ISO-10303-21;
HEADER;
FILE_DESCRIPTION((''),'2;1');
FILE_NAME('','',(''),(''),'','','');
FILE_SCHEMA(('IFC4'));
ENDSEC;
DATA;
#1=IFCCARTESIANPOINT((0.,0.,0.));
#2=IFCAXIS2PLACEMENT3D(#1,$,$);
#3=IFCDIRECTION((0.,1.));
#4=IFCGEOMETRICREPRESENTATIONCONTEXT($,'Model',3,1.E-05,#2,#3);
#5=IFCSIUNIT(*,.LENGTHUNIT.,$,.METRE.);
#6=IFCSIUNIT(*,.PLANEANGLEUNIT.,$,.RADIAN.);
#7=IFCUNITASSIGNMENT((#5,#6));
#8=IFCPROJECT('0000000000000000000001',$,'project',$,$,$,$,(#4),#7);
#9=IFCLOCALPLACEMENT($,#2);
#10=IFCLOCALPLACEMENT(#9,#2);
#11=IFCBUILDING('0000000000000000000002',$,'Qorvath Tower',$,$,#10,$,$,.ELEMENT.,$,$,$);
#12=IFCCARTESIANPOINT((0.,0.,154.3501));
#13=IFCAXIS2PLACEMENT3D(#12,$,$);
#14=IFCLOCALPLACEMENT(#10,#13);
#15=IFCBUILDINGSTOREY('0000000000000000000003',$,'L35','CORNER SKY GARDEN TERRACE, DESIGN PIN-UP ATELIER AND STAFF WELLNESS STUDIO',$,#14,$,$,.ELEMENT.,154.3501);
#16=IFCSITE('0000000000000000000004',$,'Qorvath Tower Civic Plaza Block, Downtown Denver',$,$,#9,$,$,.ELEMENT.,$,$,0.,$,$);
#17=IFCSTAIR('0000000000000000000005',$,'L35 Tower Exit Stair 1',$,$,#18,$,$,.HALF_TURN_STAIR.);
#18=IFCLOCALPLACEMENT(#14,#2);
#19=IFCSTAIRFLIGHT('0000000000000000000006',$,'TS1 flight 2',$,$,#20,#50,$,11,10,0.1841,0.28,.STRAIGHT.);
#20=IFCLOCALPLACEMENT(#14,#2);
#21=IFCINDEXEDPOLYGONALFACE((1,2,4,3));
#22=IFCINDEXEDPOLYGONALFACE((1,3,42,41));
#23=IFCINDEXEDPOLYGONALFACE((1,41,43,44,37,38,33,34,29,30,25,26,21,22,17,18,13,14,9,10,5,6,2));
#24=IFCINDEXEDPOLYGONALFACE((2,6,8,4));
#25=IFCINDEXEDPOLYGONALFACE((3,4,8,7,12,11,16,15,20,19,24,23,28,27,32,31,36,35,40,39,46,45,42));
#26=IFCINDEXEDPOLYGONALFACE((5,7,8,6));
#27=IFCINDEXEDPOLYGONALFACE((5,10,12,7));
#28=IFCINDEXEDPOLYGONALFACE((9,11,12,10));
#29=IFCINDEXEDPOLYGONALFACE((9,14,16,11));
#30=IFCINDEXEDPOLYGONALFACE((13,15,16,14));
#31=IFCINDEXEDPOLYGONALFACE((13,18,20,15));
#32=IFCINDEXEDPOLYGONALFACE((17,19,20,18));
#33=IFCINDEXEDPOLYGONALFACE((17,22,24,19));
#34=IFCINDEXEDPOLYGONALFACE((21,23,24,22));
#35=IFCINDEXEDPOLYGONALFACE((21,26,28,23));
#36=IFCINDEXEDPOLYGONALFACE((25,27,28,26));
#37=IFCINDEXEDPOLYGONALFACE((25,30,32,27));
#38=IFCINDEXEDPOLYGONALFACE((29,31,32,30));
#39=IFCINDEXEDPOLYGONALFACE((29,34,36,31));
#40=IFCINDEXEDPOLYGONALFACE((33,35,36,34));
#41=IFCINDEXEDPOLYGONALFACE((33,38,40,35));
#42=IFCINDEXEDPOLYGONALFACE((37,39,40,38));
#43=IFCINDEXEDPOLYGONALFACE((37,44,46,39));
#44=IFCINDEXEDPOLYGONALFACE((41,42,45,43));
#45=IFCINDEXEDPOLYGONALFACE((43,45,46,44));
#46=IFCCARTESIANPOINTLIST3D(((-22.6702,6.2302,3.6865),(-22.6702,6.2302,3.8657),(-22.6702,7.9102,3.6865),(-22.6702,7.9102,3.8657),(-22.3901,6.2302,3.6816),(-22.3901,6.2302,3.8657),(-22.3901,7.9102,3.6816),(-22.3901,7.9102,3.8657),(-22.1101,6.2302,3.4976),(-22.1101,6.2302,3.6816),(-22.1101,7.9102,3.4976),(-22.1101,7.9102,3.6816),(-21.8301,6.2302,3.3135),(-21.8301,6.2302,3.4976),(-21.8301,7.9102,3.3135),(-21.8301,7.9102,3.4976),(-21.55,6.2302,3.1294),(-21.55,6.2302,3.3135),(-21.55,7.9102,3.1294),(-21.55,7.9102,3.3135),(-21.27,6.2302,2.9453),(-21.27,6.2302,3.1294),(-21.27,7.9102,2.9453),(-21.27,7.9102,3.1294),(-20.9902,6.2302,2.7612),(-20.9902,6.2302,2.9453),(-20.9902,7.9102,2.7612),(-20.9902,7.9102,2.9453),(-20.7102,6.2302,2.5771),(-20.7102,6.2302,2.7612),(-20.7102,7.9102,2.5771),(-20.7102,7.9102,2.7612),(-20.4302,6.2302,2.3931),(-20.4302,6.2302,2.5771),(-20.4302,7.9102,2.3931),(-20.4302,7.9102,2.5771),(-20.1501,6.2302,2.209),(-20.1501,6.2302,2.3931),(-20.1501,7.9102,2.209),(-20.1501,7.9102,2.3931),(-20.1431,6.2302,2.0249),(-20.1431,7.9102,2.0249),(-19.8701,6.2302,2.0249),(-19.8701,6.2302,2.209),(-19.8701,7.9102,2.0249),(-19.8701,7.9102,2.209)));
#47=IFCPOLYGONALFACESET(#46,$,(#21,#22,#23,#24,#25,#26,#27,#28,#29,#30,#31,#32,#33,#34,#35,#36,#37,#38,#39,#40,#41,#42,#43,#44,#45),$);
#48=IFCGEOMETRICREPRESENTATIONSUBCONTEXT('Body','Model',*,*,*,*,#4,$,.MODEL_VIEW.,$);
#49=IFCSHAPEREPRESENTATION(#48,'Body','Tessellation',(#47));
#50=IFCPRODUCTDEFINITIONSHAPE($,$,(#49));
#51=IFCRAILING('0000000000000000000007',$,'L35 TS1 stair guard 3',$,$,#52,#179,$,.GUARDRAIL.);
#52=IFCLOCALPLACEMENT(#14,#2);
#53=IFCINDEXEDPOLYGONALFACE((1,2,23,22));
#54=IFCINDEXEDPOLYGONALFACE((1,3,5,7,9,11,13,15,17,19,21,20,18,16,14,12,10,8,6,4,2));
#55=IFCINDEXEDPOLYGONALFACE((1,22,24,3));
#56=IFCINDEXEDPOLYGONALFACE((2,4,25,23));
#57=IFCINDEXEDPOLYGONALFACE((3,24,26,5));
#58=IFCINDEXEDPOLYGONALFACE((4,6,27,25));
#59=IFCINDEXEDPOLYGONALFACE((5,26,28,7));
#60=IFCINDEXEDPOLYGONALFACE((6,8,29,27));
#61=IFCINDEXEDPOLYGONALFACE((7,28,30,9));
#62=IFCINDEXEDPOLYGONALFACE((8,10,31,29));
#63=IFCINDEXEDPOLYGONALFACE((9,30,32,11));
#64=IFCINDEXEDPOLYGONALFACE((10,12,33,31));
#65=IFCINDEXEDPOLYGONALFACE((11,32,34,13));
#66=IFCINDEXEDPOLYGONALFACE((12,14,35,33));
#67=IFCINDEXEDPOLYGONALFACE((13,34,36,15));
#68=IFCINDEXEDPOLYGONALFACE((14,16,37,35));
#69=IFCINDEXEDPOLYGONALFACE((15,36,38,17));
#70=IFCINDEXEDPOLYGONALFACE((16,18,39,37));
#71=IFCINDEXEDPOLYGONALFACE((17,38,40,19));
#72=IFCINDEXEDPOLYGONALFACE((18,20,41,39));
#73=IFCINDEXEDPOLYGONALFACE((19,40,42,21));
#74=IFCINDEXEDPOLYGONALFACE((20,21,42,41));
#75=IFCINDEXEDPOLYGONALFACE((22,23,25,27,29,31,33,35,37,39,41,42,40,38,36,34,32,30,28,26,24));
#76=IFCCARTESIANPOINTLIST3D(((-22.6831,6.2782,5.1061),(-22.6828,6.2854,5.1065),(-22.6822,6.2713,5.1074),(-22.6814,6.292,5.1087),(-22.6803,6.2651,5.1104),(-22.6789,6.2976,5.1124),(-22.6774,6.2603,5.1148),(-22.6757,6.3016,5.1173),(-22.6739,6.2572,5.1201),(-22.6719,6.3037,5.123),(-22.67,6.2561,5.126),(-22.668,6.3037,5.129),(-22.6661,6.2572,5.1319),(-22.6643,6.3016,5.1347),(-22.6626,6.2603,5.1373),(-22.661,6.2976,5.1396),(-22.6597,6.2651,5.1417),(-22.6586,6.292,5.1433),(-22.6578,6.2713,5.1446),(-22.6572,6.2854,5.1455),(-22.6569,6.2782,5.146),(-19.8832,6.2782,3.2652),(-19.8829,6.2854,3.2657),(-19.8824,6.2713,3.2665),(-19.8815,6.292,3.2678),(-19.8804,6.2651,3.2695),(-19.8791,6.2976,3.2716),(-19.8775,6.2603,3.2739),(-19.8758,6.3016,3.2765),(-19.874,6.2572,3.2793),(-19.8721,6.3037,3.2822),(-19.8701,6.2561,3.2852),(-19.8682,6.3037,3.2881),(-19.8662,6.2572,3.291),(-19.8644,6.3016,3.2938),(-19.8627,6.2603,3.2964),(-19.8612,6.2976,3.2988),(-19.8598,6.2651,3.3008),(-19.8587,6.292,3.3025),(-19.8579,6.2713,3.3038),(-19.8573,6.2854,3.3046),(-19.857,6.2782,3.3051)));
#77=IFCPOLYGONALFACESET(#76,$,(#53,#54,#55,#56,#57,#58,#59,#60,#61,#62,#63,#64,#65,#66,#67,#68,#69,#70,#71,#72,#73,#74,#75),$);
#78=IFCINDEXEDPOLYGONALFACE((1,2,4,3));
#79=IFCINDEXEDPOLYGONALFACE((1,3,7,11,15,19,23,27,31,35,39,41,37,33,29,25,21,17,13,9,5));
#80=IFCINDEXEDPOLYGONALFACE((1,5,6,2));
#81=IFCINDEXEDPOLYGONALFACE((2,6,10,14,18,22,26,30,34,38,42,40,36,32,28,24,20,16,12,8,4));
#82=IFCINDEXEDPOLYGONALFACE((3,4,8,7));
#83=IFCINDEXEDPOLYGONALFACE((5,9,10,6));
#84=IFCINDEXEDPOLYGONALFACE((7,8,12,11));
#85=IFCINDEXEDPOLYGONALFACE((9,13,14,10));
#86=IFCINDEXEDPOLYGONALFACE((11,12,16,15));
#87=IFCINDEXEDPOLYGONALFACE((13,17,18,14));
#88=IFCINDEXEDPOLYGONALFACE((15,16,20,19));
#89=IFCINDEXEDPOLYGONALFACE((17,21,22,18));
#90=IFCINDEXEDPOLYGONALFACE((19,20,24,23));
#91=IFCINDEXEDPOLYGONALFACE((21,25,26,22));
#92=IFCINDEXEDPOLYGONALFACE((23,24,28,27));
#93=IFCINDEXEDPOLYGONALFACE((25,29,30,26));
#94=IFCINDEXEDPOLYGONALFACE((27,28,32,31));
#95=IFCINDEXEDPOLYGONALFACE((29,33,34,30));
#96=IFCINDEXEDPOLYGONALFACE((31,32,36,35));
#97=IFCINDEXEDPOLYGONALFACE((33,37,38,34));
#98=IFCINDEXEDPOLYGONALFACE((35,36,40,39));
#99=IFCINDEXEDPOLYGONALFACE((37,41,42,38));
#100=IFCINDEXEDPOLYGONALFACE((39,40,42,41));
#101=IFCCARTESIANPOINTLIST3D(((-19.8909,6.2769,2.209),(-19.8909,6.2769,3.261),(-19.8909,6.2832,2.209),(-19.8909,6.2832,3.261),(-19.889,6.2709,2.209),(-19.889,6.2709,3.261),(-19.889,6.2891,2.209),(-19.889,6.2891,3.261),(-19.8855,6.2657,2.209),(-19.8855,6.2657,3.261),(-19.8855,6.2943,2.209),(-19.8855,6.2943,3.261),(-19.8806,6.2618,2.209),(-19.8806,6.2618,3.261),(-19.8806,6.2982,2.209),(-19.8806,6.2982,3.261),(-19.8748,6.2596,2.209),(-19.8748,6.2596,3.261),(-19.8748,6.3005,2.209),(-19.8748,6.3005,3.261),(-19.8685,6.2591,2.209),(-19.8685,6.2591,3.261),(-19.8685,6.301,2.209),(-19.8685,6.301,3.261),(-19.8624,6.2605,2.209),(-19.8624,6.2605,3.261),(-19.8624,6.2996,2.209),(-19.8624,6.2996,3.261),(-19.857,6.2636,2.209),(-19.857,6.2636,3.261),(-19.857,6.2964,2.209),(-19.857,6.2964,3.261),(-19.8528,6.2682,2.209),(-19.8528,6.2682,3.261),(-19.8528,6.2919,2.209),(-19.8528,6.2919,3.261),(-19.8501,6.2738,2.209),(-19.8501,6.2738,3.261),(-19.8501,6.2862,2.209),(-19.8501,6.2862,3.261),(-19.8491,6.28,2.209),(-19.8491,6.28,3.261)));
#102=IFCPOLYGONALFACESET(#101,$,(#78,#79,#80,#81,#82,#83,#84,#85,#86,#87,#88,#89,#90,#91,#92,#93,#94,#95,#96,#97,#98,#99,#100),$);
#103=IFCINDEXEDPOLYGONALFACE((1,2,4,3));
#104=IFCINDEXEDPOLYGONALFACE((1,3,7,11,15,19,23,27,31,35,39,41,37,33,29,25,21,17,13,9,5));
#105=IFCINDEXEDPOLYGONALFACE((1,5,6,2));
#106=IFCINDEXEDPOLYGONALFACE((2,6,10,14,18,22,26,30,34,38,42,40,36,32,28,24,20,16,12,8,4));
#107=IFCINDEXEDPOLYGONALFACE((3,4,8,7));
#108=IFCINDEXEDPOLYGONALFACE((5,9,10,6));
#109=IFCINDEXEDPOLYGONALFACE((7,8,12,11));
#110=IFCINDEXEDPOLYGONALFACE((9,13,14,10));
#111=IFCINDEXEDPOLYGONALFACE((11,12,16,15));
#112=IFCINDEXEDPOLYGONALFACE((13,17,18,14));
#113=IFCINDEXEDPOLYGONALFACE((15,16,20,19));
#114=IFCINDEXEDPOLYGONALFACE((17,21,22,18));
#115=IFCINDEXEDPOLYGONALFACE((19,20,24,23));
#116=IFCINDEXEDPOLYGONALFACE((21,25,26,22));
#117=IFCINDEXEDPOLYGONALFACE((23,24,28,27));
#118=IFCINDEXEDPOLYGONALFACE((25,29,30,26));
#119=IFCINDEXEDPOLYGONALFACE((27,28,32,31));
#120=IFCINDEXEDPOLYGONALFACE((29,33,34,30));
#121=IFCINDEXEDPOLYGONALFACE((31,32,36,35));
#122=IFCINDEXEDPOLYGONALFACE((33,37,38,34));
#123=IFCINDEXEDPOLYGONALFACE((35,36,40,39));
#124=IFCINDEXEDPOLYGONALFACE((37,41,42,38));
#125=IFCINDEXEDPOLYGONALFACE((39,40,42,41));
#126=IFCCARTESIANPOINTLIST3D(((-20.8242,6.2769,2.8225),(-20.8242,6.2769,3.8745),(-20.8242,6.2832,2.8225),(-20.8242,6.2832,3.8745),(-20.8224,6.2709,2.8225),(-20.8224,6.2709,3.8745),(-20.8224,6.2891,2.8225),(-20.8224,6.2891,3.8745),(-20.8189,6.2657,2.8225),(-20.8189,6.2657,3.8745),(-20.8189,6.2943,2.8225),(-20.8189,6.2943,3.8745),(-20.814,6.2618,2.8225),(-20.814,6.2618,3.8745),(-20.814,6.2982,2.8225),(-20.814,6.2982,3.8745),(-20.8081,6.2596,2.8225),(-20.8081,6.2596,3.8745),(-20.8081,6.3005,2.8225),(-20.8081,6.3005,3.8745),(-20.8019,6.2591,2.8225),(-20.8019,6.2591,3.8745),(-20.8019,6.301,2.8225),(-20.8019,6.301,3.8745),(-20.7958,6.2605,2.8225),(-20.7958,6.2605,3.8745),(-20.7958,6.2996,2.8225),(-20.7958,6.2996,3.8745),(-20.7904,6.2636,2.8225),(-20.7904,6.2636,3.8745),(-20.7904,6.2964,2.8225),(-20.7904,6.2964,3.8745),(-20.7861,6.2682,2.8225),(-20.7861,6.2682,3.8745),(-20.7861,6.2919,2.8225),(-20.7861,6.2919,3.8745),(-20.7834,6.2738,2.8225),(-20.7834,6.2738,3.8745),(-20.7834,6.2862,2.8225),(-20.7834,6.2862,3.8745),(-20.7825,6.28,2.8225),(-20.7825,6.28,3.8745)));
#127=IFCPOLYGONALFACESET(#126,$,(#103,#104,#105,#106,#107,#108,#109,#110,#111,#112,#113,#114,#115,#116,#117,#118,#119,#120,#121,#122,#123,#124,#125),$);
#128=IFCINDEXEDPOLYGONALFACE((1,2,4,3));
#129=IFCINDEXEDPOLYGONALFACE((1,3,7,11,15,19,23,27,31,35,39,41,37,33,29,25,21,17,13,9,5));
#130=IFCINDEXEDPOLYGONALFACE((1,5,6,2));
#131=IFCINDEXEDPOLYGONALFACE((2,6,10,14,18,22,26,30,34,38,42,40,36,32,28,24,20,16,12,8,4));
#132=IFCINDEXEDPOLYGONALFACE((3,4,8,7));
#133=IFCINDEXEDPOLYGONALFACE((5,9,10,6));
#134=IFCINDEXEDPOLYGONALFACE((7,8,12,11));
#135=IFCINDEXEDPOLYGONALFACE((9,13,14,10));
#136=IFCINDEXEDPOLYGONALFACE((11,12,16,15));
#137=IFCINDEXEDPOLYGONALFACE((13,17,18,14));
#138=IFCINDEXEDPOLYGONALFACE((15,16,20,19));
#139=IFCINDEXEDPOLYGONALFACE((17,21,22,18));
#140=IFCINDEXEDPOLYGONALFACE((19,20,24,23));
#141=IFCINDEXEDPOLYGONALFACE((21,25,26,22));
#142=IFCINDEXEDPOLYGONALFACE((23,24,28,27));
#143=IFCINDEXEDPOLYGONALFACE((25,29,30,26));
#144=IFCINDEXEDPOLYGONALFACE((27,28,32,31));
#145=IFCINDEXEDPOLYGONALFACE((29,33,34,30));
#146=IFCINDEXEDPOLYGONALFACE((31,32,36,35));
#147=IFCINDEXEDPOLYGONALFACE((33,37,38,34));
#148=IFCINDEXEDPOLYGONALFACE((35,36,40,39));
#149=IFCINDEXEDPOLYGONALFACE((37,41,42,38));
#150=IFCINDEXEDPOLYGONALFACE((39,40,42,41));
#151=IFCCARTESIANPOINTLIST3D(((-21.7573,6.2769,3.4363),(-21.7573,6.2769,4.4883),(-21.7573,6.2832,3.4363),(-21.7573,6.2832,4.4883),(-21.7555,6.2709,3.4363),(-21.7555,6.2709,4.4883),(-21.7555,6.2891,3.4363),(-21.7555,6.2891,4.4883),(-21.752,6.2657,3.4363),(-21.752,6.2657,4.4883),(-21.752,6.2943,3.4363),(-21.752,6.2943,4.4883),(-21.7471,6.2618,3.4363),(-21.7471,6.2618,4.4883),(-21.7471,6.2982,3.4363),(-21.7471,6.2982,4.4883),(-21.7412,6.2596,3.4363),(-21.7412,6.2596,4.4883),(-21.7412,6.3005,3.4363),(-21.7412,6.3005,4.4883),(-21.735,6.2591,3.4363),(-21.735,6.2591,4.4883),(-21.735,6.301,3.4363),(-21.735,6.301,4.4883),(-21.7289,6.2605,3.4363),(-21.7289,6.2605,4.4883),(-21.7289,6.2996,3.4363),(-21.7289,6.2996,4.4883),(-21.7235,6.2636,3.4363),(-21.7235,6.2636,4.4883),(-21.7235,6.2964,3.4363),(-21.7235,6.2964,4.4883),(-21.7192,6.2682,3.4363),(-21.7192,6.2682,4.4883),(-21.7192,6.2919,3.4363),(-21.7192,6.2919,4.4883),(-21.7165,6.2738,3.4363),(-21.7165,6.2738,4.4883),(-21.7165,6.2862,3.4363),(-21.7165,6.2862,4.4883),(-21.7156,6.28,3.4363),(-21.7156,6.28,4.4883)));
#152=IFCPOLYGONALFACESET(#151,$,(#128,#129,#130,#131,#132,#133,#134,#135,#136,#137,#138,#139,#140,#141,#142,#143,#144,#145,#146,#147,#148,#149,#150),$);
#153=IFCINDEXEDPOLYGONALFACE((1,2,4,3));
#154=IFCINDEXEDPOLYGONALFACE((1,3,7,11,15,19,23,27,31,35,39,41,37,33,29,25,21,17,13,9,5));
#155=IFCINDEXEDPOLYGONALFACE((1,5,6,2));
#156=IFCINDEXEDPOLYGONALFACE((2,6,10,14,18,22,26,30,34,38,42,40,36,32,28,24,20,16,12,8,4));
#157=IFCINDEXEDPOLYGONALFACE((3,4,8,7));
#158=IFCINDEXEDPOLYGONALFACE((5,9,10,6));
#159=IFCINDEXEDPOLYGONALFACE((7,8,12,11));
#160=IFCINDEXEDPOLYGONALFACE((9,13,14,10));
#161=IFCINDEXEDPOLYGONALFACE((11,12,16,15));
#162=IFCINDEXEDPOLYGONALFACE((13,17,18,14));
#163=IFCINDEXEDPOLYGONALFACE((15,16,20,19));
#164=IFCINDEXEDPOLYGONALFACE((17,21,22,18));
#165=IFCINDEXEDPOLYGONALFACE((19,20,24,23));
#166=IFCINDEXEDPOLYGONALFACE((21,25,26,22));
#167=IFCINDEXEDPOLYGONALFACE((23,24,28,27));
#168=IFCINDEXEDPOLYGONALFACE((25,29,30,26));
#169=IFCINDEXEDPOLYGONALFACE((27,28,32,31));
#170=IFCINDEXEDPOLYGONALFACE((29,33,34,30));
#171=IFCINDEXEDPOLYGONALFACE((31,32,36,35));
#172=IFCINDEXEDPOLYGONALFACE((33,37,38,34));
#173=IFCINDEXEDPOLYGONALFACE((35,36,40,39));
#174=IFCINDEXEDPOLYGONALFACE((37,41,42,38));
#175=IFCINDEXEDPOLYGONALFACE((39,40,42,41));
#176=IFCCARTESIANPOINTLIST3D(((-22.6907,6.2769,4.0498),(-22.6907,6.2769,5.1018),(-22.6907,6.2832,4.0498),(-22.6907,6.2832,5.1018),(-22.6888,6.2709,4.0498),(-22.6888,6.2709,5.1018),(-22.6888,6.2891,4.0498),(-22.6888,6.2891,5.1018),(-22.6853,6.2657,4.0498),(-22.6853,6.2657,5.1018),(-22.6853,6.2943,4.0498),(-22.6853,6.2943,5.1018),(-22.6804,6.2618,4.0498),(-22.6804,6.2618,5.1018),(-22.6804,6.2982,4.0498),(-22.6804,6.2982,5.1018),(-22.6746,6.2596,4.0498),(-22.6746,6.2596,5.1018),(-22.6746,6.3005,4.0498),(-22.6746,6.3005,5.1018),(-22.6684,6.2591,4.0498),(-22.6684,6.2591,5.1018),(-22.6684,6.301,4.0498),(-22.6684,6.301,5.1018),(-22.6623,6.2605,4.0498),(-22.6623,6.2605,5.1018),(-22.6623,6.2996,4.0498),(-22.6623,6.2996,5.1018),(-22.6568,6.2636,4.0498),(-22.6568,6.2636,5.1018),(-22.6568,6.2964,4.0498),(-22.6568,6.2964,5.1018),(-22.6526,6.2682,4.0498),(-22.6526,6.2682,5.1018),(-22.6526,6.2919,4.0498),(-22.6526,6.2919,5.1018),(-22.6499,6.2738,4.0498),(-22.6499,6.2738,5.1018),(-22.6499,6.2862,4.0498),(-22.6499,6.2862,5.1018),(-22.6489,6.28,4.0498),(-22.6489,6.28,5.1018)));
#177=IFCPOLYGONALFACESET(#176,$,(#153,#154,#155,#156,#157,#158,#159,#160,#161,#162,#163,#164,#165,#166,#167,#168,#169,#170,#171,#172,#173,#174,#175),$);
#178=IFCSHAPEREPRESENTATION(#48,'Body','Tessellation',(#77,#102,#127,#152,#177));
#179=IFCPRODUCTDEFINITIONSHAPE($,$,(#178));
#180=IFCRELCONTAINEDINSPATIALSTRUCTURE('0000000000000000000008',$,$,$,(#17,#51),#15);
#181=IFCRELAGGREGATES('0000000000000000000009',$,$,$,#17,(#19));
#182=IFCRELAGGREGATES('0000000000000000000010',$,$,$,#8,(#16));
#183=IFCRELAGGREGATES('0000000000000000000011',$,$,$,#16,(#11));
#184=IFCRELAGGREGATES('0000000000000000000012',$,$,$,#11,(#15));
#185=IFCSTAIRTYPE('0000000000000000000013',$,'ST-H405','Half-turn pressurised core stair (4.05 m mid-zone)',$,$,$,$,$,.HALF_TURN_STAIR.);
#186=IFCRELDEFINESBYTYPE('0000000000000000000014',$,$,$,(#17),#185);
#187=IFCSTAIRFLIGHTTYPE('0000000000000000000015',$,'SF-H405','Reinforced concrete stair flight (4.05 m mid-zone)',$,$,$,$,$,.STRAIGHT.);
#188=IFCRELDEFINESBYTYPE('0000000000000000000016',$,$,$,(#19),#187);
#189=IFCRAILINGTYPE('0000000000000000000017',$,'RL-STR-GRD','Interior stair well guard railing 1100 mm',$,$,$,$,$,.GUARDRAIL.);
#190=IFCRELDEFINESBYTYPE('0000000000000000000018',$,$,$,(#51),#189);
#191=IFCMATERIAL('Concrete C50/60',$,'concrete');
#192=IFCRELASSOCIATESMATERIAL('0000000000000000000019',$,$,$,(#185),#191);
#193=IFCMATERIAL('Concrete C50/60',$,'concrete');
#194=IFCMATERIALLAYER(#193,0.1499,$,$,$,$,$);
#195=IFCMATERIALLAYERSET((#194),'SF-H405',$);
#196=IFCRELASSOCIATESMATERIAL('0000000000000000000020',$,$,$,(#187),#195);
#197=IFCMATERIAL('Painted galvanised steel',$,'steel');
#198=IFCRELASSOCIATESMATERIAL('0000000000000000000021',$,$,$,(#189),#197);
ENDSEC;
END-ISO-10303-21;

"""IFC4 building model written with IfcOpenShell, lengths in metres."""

from ifc_helpers import new_model, si_unit, direction, frame, origin, origin_2d, place, context, subcontext, project, spatial, polyline, circle, outline, extrude, material, layer, layer_set, type_object, element, aggregate, save


model = new_model("IFC4")

# Units and contexts
model_context = context("Model", 3, precision=1e-05, world=origin(), true_north=direction((0.0, 1.0)))
body_context = subcontext(model_context, "Body", "Model", "MODEL_VIEW")
ifc_project = project(units=[si_unit("LENGTHUNIT", "METRE"), si_unit("PLANEANGLEUNIT", "RADIAN")], contexts=[model_context])

# Site, building, storey
site_placement = place(None, origin())
site = spatial("IfcSite", under=ifc_project, at=site_placement, Name="Qorvath Tower Civic Plaza Block, Downtown Denver", CompositionType="ELEMENT", RefElevation=0.0)
building_placement = place(site_placement, origin())
building = spatial("IfcBuilding", under=site, at=building_placement, Name="Qorvath Tower", CompositionType="ELEMENT")
storey_placement = place(building_placement, frame((0.0, 0.0, 154.3501)))
storey = spatial("IfcBuildingStorey", under=building, at=storey_placement, Name="L35", Description="CORNER SKY GARDEN TERRACE, DESIGN PIN-UP ATELIER AND STAFF WELLNESS STUDIO", CompositionType="ELEMENT", Elevation=154.3501)

# Stair, stair flight
ifc_material_1 = material(Name="Concrete C50/60", Category="concrete")
stair_type = type_object("IfcStairType", Name="ST-H405", Description="Half-turn pressurised core stair (4.05 m mid-zone)", PredefinedType="HALF_TURN_STAIR", material=ifc_material_1)
stair_placement = place(storey_placement, origin())
stair = element("IfcStair", 1, at=stair_placement, inside=storey, type_object=stair_type, Name="L35 Tower Exit Stair 1", PredefinedType="HALF_TURN_STAIR")
ifc_material_2 = material(Name="Concrete C50/60", Category="concrete")
ifc_layer_1 = layer(ifc_material_2, 0.1499)
ifc_layer_set_1 = layer_set([ifc_layer_1], Name="SF-H405")
stair_flight_type = type_object("IfcStairFlightType", Name="SF-H405", Description="Reinforced concrete stair flight (4.05 m mid-zone)", PredefinedType="STRAIGHT", material=ifc_layer_set_1)
stair_flight_placement = place(storey_placement, frame((-19.8701, 7.0701, 2.0249), z_axis=(0.0, 0.0, 1.0), x_axis=(-1.0, 0.0, 0.0)))
stair_flight = element("IfcStairFlight", 2, at=stair_flight_placement, type_object=stair_flight_type, Name="TS1 flight 2", NumberOfRisers=11, NumberOfTreads=10, PredefinedType="STRAIGHT", RiserHeight=0.1841, TreadLength=0.28, context=body_context, shape_type="SweptSolid", body=[
    extrude(outline(polyline([(0.0, 0.0), (0.0, 0.1841), (0.28, 0.1841), (0.28, 0.3682), (0.5601, 0.3682), (0.5601, 0.5522), (0.8401, 0.5522), (0.8401, 0.7363), (1.1201, 0.7363), (1.1201, 0.9204), (1.3999, 0.9204), (1.3999, 1.1045), (1.6799, 1.1045), (1.6799, 1.2886), (1.96, 1.2886), (1.96, 1.4727), (2.24, 1.4727), (2.24, 1.6567), (2.52, 1.6567), (2.52, 1.8408), (2.8, 1.8408), (2.8, 2.0249), (2.8, 1.6616), (0.2729, 0.0), (0.0, 0.0)])), frame((0.0, 0.8398, 0.0), z_axis=(0.0, -1.0, 0.0), x_axis=(1.0, 0.0, 0.0)), (0.0, 0.0, 1.0), 1.6799),
])
aggregate(stair, [stair_flight])

# Railing
ifc_material_3 = material(Name="Painted galvanised steel", Category="steel")
railing_type_1 = type_object("IfcRailingType", Name="RL-STR-GRD", Description="Interior stair well guard railing 1100 mm", PredefinedType="GUARDRAIL", material=ifc_material_3)
railing_1_placement = place(storey_placement, frame((-19.8701, 6.28, 2.209)))
element("IfcRailing", 3, at=railing_1_placement, inside=storey, type_object=railing_type_1, Name="L35 TS1 stair guard 3", PredefinedType="GUARDRAIL", context=body_context, shape_type="SweptSolid", body=[
    extrude(circle(Radius=0.0239, at=origin_2d()), frame((0.0, 0.0, 1.0762), z_axis=(-0.835576, 0.0, 0.549376), x_axis=(0.0, -1.0, 0.0)), (0.0, 0.0, 1.0), 3.3508),
    extrude(circle(Radius=0.021, at=origin_2d()), origin(), (0.0, 0.0, 1.0), 1.052),
    extrude(circle(Radius=0.021, at=origin_2d()), frame((-0.9333, 0.0, 0.6135)), (0.0, 0.0, 1.0), 1.052),
    extrude(circle(Radius=0.021, at=origin_2d()), frame((-1.8665, 0.0, 1.2273)), (0.0, 0.0, 1.0), 1.052),
    extrude(circle(Radius=0.021, at=origin_2d()), frame((-2.7998, 0.0, 1.8408)), (0.0, 0.0, 1.0), 1.052),
])

save(model, "model.ifc")
